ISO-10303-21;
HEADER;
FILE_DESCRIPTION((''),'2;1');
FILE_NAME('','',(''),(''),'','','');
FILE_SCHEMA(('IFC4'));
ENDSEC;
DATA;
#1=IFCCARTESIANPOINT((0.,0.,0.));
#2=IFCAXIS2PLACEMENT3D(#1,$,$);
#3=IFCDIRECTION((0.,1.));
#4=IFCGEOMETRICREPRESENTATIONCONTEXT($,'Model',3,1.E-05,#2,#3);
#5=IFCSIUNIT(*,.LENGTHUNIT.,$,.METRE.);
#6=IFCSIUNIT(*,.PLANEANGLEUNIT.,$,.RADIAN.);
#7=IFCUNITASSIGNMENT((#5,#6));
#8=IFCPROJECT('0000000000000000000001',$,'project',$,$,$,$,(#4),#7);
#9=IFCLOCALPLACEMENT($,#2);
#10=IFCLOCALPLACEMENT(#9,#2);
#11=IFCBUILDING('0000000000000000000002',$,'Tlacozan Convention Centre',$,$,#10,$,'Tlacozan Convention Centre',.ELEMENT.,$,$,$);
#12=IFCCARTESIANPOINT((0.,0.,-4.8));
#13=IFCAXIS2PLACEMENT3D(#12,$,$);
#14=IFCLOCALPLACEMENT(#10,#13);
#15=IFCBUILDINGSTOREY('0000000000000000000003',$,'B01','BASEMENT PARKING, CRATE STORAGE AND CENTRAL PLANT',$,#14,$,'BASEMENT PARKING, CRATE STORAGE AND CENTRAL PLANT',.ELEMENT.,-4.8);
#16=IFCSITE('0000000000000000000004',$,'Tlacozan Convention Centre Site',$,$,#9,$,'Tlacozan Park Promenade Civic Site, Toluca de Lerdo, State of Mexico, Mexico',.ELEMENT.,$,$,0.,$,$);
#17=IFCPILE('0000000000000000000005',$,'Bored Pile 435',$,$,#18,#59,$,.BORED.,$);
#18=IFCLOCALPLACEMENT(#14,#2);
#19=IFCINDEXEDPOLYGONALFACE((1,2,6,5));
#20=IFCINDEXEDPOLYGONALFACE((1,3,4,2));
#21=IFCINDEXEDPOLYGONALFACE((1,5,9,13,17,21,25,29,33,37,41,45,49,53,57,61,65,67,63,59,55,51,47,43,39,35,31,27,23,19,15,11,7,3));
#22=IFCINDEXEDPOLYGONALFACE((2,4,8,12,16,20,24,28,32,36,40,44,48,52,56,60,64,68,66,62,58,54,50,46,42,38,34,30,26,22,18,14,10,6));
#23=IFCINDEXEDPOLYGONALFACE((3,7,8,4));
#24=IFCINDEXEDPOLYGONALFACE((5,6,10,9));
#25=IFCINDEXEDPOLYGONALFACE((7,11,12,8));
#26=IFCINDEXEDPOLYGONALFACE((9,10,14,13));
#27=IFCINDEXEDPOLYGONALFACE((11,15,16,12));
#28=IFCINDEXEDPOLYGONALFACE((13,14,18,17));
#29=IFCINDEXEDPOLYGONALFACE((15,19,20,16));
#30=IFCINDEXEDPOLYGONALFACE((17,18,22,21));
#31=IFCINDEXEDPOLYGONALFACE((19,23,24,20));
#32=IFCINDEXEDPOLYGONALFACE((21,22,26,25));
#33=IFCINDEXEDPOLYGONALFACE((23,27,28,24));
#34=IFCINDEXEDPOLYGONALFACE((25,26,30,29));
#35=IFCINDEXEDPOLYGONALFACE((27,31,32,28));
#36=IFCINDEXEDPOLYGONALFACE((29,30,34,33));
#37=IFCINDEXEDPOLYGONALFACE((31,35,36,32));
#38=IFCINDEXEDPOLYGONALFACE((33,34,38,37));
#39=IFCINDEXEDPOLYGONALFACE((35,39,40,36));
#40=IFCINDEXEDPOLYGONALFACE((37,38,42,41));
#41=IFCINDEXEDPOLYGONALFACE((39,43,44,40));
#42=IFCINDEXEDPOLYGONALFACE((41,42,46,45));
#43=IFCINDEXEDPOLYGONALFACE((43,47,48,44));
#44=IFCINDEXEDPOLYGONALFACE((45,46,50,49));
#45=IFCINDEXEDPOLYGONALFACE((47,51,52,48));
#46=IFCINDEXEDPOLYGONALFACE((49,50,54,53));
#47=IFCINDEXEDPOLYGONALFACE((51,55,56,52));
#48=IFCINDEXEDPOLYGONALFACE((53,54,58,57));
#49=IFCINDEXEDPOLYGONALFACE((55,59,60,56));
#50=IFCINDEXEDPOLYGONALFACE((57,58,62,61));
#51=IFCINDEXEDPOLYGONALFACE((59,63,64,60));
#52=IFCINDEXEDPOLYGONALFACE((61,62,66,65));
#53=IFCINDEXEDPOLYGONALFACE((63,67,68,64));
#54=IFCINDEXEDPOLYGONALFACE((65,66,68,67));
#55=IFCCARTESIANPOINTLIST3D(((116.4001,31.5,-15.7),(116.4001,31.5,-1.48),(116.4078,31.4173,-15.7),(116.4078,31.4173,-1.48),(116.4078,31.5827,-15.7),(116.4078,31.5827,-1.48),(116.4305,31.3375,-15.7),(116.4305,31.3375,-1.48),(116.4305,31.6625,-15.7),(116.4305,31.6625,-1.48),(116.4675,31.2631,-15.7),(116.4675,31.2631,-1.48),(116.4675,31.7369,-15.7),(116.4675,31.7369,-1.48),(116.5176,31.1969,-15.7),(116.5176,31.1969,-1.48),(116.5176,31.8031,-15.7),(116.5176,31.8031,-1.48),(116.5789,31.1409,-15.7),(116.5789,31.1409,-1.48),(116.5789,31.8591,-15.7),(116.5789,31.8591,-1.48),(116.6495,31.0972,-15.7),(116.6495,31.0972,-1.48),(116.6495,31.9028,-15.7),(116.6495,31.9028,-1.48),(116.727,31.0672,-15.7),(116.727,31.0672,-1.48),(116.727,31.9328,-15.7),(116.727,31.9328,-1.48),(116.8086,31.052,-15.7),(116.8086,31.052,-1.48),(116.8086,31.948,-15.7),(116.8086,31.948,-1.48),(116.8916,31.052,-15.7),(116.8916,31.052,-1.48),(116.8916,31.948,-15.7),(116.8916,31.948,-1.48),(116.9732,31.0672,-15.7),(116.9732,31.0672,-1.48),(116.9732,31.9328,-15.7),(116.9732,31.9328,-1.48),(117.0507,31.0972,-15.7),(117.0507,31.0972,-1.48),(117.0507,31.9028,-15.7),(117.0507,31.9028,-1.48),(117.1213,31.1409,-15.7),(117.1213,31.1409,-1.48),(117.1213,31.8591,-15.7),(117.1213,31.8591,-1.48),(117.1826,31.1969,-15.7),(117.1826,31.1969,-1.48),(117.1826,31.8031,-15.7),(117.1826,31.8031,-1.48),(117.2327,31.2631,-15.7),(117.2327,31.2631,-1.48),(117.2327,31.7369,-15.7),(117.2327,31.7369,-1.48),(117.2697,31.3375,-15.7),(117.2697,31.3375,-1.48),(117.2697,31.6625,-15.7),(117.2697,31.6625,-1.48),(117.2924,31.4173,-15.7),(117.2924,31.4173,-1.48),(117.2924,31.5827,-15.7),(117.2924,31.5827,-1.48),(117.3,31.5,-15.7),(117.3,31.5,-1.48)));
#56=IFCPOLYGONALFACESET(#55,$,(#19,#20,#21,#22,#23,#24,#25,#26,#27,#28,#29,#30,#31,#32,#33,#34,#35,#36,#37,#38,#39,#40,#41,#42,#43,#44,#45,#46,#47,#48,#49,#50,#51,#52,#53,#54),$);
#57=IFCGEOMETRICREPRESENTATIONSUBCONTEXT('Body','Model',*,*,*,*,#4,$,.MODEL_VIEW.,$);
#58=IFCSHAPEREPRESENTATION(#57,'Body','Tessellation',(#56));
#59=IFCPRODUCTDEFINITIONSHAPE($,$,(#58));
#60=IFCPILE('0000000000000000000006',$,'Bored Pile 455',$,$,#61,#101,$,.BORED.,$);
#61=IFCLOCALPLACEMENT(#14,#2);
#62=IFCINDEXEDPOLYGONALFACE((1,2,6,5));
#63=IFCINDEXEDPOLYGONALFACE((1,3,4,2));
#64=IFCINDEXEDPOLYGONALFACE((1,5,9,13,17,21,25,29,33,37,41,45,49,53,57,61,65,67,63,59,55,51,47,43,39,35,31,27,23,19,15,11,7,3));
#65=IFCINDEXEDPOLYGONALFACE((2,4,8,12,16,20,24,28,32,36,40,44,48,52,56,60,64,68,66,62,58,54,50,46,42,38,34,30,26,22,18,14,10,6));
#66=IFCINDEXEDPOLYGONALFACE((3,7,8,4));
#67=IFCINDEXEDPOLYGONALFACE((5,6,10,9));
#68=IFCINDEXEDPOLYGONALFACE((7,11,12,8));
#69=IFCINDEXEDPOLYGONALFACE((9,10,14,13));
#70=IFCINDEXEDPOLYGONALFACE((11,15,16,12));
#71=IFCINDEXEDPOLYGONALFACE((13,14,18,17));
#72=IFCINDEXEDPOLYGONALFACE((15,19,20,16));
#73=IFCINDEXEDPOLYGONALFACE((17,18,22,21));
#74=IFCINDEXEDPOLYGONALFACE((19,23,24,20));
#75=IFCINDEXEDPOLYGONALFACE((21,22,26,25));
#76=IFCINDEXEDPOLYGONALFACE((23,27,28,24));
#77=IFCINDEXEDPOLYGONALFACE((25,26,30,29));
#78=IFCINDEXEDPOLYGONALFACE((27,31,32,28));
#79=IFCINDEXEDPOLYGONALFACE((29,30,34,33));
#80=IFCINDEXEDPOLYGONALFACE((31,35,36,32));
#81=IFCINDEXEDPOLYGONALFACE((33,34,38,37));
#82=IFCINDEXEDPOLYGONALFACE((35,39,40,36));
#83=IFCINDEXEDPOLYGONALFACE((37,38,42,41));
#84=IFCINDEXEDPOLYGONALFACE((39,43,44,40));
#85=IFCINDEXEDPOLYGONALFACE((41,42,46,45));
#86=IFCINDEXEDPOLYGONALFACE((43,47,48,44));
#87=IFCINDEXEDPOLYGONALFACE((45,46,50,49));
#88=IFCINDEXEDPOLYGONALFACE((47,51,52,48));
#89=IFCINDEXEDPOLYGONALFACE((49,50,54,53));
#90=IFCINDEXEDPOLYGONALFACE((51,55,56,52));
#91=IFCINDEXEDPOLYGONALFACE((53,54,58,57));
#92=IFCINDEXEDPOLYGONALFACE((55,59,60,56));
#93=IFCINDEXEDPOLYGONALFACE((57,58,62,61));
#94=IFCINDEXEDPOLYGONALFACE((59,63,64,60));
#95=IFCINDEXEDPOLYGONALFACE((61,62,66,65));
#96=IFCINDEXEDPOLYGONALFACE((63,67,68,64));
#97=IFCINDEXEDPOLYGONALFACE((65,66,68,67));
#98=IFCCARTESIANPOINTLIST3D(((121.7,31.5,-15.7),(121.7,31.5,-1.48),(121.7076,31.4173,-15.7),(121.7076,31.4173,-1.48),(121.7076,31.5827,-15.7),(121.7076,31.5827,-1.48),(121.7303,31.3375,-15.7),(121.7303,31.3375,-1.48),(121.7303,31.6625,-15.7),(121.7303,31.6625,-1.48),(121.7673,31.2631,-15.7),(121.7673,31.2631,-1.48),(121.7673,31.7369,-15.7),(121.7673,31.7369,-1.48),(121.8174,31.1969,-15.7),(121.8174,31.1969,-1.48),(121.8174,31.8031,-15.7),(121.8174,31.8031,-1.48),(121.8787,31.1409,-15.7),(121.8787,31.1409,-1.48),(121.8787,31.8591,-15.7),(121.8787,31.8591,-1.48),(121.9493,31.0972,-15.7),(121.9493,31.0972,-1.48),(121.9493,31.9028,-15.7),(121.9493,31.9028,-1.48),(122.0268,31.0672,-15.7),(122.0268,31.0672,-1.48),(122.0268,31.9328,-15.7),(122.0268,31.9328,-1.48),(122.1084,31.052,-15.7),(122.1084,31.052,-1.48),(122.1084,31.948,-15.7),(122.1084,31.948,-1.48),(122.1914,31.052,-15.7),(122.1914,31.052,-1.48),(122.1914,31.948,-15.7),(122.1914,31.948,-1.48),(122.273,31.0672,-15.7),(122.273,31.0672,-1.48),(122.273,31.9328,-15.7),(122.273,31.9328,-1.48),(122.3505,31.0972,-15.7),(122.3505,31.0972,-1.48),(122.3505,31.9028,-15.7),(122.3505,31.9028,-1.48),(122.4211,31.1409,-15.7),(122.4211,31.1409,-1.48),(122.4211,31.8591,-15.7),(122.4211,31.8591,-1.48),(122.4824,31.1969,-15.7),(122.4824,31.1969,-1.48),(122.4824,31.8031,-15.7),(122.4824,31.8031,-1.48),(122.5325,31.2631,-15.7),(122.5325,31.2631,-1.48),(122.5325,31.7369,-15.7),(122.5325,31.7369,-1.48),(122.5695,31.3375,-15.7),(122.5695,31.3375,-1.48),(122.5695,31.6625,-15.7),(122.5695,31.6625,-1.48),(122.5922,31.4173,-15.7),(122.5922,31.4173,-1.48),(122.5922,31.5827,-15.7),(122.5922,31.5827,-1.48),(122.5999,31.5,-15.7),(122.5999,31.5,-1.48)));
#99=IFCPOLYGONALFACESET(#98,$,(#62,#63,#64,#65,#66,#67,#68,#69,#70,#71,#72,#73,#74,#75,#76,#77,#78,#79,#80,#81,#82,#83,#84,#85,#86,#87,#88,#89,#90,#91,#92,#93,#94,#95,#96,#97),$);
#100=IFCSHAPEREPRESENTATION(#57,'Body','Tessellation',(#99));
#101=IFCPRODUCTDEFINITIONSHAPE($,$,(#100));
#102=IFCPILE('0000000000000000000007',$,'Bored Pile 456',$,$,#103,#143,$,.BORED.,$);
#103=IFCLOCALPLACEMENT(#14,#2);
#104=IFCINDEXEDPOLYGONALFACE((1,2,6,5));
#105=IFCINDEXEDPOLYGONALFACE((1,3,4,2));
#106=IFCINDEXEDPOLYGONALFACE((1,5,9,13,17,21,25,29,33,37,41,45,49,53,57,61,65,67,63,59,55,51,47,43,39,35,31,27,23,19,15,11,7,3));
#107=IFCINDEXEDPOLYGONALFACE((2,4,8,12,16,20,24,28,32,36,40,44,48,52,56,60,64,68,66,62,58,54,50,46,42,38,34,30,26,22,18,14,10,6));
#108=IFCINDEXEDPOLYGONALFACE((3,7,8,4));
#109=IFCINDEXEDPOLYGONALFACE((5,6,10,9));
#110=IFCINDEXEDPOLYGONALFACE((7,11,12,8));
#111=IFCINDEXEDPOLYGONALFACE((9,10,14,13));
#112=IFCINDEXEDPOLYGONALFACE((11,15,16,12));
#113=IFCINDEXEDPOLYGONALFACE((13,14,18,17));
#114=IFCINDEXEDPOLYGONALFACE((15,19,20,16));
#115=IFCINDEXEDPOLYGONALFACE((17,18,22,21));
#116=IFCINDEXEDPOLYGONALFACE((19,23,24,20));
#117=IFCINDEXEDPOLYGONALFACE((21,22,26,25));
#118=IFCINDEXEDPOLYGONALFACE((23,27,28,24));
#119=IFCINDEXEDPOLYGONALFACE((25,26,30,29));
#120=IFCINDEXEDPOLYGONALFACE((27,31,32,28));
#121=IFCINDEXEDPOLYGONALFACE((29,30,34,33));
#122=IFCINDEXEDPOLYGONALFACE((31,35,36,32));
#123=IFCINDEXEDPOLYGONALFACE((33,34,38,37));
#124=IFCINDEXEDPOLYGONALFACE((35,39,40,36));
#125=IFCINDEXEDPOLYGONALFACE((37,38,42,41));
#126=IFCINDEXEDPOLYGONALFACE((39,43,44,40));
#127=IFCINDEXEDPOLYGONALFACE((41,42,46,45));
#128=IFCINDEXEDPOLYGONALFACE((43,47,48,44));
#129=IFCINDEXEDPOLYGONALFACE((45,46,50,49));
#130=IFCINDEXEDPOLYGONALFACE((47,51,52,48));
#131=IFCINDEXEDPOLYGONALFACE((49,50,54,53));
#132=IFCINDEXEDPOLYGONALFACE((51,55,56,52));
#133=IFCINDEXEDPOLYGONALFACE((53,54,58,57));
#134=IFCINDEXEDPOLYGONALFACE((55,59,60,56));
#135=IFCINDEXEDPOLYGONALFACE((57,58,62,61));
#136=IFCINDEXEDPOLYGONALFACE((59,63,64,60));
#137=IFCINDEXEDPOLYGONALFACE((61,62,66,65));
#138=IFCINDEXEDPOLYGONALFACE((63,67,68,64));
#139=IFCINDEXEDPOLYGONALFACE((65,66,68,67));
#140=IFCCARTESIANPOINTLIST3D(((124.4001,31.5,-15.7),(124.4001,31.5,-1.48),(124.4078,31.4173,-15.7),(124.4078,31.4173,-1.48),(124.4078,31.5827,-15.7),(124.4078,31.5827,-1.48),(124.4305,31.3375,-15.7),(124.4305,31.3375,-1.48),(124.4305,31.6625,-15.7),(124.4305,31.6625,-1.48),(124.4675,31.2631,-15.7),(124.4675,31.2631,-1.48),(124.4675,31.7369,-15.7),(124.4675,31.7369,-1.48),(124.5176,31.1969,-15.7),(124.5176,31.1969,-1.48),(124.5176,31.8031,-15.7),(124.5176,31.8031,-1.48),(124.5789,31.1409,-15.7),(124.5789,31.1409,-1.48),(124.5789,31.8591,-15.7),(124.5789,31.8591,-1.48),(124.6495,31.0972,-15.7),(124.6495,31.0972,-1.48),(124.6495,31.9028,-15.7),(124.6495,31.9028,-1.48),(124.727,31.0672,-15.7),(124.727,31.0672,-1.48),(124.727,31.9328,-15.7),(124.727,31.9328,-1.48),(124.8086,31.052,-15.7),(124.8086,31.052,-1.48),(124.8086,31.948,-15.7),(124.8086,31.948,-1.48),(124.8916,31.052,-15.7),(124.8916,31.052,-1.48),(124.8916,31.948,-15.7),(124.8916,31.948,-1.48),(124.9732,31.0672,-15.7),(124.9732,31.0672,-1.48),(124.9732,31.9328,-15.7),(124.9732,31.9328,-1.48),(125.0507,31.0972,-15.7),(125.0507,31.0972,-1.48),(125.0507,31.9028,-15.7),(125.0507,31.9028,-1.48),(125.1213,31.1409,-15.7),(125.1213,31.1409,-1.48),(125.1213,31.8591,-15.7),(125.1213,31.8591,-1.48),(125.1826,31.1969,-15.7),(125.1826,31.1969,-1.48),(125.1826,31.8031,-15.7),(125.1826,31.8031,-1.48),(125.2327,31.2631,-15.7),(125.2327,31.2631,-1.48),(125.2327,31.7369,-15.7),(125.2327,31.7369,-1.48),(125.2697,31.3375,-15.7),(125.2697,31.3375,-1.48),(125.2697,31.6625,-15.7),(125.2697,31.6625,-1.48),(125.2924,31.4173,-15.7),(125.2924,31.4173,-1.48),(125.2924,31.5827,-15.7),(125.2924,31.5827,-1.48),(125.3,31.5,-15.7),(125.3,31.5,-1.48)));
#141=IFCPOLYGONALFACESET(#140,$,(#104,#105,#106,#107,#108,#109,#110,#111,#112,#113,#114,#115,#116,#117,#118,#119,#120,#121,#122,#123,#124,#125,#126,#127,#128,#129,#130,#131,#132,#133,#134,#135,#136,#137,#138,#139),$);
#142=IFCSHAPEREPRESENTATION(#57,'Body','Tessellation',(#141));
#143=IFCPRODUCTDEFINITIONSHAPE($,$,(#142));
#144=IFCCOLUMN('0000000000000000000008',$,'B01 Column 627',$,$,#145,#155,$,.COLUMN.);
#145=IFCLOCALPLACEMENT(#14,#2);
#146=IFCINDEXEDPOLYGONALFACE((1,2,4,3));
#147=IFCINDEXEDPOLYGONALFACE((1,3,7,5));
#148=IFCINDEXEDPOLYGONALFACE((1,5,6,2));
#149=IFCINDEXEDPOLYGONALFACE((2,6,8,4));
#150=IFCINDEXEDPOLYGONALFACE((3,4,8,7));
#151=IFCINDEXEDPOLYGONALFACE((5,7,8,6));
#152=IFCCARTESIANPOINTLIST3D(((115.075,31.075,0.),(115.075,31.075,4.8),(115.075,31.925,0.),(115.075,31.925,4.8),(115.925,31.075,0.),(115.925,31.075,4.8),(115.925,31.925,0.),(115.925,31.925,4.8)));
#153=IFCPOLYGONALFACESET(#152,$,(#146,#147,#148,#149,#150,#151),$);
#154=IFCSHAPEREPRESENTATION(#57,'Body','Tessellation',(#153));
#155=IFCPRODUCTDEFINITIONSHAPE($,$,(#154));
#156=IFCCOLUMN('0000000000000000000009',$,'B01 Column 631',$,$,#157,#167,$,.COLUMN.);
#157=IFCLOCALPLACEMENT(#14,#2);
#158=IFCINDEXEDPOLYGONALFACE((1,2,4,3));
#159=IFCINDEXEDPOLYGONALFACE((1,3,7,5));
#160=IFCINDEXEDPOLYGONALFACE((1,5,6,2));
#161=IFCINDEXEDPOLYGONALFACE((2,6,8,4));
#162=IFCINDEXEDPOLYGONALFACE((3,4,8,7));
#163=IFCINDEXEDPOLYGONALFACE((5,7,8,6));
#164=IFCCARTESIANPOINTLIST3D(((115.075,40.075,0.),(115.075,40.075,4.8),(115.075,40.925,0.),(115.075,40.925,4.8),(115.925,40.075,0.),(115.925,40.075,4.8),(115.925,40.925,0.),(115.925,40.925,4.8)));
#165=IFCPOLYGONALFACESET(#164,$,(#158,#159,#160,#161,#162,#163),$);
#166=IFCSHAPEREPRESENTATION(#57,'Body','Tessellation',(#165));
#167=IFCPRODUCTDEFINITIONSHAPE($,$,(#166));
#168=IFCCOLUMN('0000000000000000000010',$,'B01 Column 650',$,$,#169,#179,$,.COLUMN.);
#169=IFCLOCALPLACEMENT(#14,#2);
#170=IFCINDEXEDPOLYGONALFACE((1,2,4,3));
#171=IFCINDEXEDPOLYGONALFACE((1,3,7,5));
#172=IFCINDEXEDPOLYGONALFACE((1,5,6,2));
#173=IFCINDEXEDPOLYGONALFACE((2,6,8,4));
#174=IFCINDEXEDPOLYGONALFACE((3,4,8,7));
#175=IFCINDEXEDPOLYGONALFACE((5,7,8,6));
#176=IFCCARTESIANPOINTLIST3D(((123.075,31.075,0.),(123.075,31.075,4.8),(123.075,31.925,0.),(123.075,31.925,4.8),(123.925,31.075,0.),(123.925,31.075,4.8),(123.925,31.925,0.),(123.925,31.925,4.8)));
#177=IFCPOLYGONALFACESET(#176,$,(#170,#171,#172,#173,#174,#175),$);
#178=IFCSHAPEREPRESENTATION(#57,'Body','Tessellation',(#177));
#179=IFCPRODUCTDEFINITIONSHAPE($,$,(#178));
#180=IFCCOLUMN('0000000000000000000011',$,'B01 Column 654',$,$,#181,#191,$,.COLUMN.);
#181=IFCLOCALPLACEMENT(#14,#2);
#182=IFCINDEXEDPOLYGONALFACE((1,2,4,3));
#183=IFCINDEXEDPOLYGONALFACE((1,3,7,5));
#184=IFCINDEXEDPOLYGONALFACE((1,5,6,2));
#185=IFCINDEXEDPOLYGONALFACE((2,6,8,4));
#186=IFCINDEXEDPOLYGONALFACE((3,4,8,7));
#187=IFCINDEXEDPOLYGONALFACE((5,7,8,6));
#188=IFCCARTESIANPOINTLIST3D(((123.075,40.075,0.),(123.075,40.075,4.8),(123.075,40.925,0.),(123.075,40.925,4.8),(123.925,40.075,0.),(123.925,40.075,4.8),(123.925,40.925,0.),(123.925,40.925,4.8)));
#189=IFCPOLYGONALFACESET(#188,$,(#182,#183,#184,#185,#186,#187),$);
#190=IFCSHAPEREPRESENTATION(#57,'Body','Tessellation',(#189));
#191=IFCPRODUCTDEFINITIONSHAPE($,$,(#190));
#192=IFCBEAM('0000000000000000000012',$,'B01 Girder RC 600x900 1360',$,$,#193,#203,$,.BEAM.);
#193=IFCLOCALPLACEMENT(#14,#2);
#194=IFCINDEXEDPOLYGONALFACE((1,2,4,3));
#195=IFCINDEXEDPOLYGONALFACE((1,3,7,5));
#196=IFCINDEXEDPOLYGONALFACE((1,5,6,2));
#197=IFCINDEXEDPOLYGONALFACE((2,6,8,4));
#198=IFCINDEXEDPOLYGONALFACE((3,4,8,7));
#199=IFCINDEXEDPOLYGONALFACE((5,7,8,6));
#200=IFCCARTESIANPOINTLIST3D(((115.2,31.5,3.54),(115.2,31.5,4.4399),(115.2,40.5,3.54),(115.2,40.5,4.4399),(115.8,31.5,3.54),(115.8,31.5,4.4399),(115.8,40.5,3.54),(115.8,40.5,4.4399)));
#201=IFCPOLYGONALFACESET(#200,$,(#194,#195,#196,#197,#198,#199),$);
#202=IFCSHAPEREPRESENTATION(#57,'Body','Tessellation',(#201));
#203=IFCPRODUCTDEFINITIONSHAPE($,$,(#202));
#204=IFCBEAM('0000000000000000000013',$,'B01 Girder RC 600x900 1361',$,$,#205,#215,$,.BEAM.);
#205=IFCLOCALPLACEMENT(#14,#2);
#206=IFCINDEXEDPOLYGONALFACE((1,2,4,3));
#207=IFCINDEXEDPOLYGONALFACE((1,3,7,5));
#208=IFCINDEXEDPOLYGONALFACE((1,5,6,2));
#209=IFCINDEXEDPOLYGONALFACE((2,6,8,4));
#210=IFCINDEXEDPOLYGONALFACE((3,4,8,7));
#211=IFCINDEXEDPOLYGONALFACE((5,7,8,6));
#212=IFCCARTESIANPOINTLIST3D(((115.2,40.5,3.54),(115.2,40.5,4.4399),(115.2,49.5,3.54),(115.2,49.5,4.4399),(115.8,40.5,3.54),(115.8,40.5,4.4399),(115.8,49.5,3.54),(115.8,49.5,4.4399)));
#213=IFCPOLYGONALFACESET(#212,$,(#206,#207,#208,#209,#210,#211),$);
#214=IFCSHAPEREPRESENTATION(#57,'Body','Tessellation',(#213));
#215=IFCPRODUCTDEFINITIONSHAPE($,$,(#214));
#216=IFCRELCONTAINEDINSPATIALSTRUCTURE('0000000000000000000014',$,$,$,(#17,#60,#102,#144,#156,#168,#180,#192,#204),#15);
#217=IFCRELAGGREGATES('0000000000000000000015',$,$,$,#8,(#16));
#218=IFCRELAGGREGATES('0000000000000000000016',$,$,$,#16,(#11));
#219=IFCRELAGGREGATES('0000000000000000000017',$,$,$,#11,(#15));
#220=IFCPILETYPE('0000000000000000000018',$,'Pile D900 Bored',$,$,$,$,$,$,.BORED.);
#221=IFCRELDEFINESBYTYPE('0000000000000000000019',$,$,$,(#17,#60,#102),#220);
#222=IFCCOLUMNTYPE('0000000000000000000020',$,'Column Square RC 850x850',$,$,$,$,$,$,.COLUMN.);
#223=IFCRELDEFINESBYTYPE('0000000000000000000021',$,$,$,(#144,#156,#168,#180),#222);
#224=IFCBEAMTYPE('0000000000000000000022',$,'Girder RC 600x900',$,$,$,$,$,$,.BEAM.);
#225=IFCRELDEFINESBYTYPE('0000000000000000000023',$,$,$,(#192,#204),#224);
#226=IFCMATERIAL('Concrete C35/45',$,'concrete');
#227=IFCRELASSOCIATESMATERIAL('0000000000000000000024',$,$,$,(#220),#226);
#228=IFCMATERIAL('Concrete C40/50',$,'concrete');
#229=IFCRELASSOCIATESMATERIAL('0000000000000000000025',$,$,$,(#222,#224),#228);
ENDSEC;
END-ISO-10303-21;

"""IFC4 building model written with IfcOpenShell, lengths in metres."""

from ifc_helpers import new_model, si_unit, direction, frame, origin, origin_2d, place, context, subcontext, project, spatial, rectangle, circle, extrude, material, material_profile, profile_set, type_object, element, save


model = new_model("IFC4")

# Units and contexts
model_context = context("Model", 3, precision=1e-05, world=origin(), true_north=direction((0.0, 1.0)))
body_context = subcontext(model_context, "Body", "Model", "MODEL_VIEW")
ifc_project = project(units=[si_unit("LENGTHUNIT", "METRE"), si_unit("PLANEANGLEUNIT", "RADIAN")], contexts=[model_context])

# Site, building, storey
site_placement = place(None, origin())
site = spatial("IfcSite", under=ifc_project, at=site_placement, Name="Tlacozan Convention Centre Site", LongName="Tlacozan Park Promenade Civic Site, Toluca de Lerdo, State of Mexico, Mexico", CompositionType="ELEMENT", RefElevation=0.0)
building_placement = place(site_placement, origin())
building = spatial("IfcBuilding", under=site, at=building_placement, Name="Tlacozan Convention Centre", LongName="Tlacozan Convention Centre", CompositionType="ELEMENT")
storey_placement = place(building_placement, frame((0.0, 0.0, -4.8)))
storey = spatial("IfcBuildingStorey", under=building, at=storey_placement, Name="B01", Description="BASEMENT PARKING, CRATE STORAGE AND CENTRAL PLANT", LongName="BASEMENT PARKING, CRATE STORAGE AND CENTRAL PLANT", CompositionType="ELEMENT", Elevation=-4.8)

# Shared definitions
ifc_material_1 = material(Name="Concrete C35/45", Category="concrete")

# Piles
ifc_material_profile_1 = material_profile(ifc_material_1, circle(Radius=0.45, at=origin_2d()), Name="PILE D900")
ifc_profile_set_1 = profile_set([ifc_material_profile_1], Name="Concrete C35/45")
pile_type_1 = type_object("IfcPileType", Name="Pile D900 Bored", PredefinedType="BORED", material=ifc_profile_set_1)
for number, where, z_axis, x_axis, name in (
    (1, (116.8501, 31.5, -1.48), (0.0, 0.0, -1.0), (1.0, 0.0, 0.0), "Bored Pile 435"),
    (2, (122.1499, 31.5, -1.48), (0.0, 0.0, -1.0), (1.0, 0.0, 0.0), "Bored Pile 455"),
    (3, (124.8501, 31.5, -1.48), (0.0, 0.0, -1.0), (1.0, 0.0, 0.0), "Bored Pile 456"),
):
    element("IfcPile", number, at=place(storey_placement, frame(where, z_axis=z_axis, x_axis=x_axis)), inside=storey, type_object=pile_type_1, Name=name, PredefinedType="BORED", context=body_context, shape_type="SweptSolid", body=[
        extrude(circle(Radius=0.45, at=origin_2d()), origin(), (0.0, 0.0, 1.0), 14.22),
    ])

# Columns
ifc_material_2 = material(Name="Concrete C40/50", Category="concrete")
ifc_material_profile_2 = material_profile(ifc_material_2, rectangle(XDim=0.8501, YDim=0.8501, at=origin_2d()), Name="RC 850x850")
ifc_profile_set_2 = profile_set([ifc_material_profile_2], Name="Concrete C40/50")
column_type = type_object("IfcColumnType", Name="Column Square RC 850x850", PredefinedType="COLUMN", material=ifc_profile_set_2)
for number, where, z_axis, x_axis, name in (
    (4, (115.5, 31.5, 0.0), (0.0, 0.0, 1.0), (1.0, 0.0, 0.0), "B01 Column 627"),
    (5, (115.5, 40.5, 0.0), (0.0, 0.0, 1.0), (1.0, 0.0, 0.0), "B01 Column 631"),
    (6, (123.5, 31.5, 0.0), (0.0, 0.0, 1.0), (1.0, 0.0, 0.0), "B01 Column 650"),
    (7, (123.5, 40.5, 0.0), (0.0, 0.0, 1.0), (1.0, 0.0, 0.0), "B01 Column 654"),
):
    element("IfcColumn", number, at=place(storey_placement, frame(where, z_axis=z_axis, x_axis=x_axis)), inside=storey, type_object=column_type, Name=name, PredefinedType="COLUMN", context=body_context, shape_type="SweptSolid", body=[
        extrude(rectangle(XDim=0.8501, YDim=0.8501, at=origin_2d()), origin(), (0.0, 0.0, 1.0), 4.8),
    ])

# Beams
ifc_material_profile_3 = material_profile(ifc_material_2, rectangle(XDim=0.6001, YDim=0.8999, at=origin_2d()), Name="RC 600x900")
ifc_profile_set_3 = profile_set([ifc_material_profile_3], Name="Concrete C40/50")
beam_type_1 = type_object("IfcBeamType", Name="Girder RC 600x900", PredefinedType="BEAM", material=ifc_profile_set_3)
for number, where, z_axis, x_axis, name in (
    (8, (115.5, 31.5, 3.99), (0.0, 1.0, 0.0), (-1.0, 0.0, 0.0), "B01 Girder RC 600x900 1360"),
    (9, (115.5, 40.5, 3.99), (0.0, 1.0, 0.0), (-1.0, 0.0, 0.0), "B01 Girder RC 600x900 1361"),
):
    element("IfcBeam", number, at=place(storey_placement, frame(where, z_axis=z_axis, x_axis=x_axis)), inside=storey, type_object=beam_type_1, Name=name, PredefinedType="BEAM", context=body_context, shape_type="SweptSolid", body=[
        extrude(rectangle(XDim=0.6001, YDim=0.8999, at=origin_2d()), origin(), (0.0, 0.0, 1.0), 9.0),
    ])

save(model, "model.ifc")
